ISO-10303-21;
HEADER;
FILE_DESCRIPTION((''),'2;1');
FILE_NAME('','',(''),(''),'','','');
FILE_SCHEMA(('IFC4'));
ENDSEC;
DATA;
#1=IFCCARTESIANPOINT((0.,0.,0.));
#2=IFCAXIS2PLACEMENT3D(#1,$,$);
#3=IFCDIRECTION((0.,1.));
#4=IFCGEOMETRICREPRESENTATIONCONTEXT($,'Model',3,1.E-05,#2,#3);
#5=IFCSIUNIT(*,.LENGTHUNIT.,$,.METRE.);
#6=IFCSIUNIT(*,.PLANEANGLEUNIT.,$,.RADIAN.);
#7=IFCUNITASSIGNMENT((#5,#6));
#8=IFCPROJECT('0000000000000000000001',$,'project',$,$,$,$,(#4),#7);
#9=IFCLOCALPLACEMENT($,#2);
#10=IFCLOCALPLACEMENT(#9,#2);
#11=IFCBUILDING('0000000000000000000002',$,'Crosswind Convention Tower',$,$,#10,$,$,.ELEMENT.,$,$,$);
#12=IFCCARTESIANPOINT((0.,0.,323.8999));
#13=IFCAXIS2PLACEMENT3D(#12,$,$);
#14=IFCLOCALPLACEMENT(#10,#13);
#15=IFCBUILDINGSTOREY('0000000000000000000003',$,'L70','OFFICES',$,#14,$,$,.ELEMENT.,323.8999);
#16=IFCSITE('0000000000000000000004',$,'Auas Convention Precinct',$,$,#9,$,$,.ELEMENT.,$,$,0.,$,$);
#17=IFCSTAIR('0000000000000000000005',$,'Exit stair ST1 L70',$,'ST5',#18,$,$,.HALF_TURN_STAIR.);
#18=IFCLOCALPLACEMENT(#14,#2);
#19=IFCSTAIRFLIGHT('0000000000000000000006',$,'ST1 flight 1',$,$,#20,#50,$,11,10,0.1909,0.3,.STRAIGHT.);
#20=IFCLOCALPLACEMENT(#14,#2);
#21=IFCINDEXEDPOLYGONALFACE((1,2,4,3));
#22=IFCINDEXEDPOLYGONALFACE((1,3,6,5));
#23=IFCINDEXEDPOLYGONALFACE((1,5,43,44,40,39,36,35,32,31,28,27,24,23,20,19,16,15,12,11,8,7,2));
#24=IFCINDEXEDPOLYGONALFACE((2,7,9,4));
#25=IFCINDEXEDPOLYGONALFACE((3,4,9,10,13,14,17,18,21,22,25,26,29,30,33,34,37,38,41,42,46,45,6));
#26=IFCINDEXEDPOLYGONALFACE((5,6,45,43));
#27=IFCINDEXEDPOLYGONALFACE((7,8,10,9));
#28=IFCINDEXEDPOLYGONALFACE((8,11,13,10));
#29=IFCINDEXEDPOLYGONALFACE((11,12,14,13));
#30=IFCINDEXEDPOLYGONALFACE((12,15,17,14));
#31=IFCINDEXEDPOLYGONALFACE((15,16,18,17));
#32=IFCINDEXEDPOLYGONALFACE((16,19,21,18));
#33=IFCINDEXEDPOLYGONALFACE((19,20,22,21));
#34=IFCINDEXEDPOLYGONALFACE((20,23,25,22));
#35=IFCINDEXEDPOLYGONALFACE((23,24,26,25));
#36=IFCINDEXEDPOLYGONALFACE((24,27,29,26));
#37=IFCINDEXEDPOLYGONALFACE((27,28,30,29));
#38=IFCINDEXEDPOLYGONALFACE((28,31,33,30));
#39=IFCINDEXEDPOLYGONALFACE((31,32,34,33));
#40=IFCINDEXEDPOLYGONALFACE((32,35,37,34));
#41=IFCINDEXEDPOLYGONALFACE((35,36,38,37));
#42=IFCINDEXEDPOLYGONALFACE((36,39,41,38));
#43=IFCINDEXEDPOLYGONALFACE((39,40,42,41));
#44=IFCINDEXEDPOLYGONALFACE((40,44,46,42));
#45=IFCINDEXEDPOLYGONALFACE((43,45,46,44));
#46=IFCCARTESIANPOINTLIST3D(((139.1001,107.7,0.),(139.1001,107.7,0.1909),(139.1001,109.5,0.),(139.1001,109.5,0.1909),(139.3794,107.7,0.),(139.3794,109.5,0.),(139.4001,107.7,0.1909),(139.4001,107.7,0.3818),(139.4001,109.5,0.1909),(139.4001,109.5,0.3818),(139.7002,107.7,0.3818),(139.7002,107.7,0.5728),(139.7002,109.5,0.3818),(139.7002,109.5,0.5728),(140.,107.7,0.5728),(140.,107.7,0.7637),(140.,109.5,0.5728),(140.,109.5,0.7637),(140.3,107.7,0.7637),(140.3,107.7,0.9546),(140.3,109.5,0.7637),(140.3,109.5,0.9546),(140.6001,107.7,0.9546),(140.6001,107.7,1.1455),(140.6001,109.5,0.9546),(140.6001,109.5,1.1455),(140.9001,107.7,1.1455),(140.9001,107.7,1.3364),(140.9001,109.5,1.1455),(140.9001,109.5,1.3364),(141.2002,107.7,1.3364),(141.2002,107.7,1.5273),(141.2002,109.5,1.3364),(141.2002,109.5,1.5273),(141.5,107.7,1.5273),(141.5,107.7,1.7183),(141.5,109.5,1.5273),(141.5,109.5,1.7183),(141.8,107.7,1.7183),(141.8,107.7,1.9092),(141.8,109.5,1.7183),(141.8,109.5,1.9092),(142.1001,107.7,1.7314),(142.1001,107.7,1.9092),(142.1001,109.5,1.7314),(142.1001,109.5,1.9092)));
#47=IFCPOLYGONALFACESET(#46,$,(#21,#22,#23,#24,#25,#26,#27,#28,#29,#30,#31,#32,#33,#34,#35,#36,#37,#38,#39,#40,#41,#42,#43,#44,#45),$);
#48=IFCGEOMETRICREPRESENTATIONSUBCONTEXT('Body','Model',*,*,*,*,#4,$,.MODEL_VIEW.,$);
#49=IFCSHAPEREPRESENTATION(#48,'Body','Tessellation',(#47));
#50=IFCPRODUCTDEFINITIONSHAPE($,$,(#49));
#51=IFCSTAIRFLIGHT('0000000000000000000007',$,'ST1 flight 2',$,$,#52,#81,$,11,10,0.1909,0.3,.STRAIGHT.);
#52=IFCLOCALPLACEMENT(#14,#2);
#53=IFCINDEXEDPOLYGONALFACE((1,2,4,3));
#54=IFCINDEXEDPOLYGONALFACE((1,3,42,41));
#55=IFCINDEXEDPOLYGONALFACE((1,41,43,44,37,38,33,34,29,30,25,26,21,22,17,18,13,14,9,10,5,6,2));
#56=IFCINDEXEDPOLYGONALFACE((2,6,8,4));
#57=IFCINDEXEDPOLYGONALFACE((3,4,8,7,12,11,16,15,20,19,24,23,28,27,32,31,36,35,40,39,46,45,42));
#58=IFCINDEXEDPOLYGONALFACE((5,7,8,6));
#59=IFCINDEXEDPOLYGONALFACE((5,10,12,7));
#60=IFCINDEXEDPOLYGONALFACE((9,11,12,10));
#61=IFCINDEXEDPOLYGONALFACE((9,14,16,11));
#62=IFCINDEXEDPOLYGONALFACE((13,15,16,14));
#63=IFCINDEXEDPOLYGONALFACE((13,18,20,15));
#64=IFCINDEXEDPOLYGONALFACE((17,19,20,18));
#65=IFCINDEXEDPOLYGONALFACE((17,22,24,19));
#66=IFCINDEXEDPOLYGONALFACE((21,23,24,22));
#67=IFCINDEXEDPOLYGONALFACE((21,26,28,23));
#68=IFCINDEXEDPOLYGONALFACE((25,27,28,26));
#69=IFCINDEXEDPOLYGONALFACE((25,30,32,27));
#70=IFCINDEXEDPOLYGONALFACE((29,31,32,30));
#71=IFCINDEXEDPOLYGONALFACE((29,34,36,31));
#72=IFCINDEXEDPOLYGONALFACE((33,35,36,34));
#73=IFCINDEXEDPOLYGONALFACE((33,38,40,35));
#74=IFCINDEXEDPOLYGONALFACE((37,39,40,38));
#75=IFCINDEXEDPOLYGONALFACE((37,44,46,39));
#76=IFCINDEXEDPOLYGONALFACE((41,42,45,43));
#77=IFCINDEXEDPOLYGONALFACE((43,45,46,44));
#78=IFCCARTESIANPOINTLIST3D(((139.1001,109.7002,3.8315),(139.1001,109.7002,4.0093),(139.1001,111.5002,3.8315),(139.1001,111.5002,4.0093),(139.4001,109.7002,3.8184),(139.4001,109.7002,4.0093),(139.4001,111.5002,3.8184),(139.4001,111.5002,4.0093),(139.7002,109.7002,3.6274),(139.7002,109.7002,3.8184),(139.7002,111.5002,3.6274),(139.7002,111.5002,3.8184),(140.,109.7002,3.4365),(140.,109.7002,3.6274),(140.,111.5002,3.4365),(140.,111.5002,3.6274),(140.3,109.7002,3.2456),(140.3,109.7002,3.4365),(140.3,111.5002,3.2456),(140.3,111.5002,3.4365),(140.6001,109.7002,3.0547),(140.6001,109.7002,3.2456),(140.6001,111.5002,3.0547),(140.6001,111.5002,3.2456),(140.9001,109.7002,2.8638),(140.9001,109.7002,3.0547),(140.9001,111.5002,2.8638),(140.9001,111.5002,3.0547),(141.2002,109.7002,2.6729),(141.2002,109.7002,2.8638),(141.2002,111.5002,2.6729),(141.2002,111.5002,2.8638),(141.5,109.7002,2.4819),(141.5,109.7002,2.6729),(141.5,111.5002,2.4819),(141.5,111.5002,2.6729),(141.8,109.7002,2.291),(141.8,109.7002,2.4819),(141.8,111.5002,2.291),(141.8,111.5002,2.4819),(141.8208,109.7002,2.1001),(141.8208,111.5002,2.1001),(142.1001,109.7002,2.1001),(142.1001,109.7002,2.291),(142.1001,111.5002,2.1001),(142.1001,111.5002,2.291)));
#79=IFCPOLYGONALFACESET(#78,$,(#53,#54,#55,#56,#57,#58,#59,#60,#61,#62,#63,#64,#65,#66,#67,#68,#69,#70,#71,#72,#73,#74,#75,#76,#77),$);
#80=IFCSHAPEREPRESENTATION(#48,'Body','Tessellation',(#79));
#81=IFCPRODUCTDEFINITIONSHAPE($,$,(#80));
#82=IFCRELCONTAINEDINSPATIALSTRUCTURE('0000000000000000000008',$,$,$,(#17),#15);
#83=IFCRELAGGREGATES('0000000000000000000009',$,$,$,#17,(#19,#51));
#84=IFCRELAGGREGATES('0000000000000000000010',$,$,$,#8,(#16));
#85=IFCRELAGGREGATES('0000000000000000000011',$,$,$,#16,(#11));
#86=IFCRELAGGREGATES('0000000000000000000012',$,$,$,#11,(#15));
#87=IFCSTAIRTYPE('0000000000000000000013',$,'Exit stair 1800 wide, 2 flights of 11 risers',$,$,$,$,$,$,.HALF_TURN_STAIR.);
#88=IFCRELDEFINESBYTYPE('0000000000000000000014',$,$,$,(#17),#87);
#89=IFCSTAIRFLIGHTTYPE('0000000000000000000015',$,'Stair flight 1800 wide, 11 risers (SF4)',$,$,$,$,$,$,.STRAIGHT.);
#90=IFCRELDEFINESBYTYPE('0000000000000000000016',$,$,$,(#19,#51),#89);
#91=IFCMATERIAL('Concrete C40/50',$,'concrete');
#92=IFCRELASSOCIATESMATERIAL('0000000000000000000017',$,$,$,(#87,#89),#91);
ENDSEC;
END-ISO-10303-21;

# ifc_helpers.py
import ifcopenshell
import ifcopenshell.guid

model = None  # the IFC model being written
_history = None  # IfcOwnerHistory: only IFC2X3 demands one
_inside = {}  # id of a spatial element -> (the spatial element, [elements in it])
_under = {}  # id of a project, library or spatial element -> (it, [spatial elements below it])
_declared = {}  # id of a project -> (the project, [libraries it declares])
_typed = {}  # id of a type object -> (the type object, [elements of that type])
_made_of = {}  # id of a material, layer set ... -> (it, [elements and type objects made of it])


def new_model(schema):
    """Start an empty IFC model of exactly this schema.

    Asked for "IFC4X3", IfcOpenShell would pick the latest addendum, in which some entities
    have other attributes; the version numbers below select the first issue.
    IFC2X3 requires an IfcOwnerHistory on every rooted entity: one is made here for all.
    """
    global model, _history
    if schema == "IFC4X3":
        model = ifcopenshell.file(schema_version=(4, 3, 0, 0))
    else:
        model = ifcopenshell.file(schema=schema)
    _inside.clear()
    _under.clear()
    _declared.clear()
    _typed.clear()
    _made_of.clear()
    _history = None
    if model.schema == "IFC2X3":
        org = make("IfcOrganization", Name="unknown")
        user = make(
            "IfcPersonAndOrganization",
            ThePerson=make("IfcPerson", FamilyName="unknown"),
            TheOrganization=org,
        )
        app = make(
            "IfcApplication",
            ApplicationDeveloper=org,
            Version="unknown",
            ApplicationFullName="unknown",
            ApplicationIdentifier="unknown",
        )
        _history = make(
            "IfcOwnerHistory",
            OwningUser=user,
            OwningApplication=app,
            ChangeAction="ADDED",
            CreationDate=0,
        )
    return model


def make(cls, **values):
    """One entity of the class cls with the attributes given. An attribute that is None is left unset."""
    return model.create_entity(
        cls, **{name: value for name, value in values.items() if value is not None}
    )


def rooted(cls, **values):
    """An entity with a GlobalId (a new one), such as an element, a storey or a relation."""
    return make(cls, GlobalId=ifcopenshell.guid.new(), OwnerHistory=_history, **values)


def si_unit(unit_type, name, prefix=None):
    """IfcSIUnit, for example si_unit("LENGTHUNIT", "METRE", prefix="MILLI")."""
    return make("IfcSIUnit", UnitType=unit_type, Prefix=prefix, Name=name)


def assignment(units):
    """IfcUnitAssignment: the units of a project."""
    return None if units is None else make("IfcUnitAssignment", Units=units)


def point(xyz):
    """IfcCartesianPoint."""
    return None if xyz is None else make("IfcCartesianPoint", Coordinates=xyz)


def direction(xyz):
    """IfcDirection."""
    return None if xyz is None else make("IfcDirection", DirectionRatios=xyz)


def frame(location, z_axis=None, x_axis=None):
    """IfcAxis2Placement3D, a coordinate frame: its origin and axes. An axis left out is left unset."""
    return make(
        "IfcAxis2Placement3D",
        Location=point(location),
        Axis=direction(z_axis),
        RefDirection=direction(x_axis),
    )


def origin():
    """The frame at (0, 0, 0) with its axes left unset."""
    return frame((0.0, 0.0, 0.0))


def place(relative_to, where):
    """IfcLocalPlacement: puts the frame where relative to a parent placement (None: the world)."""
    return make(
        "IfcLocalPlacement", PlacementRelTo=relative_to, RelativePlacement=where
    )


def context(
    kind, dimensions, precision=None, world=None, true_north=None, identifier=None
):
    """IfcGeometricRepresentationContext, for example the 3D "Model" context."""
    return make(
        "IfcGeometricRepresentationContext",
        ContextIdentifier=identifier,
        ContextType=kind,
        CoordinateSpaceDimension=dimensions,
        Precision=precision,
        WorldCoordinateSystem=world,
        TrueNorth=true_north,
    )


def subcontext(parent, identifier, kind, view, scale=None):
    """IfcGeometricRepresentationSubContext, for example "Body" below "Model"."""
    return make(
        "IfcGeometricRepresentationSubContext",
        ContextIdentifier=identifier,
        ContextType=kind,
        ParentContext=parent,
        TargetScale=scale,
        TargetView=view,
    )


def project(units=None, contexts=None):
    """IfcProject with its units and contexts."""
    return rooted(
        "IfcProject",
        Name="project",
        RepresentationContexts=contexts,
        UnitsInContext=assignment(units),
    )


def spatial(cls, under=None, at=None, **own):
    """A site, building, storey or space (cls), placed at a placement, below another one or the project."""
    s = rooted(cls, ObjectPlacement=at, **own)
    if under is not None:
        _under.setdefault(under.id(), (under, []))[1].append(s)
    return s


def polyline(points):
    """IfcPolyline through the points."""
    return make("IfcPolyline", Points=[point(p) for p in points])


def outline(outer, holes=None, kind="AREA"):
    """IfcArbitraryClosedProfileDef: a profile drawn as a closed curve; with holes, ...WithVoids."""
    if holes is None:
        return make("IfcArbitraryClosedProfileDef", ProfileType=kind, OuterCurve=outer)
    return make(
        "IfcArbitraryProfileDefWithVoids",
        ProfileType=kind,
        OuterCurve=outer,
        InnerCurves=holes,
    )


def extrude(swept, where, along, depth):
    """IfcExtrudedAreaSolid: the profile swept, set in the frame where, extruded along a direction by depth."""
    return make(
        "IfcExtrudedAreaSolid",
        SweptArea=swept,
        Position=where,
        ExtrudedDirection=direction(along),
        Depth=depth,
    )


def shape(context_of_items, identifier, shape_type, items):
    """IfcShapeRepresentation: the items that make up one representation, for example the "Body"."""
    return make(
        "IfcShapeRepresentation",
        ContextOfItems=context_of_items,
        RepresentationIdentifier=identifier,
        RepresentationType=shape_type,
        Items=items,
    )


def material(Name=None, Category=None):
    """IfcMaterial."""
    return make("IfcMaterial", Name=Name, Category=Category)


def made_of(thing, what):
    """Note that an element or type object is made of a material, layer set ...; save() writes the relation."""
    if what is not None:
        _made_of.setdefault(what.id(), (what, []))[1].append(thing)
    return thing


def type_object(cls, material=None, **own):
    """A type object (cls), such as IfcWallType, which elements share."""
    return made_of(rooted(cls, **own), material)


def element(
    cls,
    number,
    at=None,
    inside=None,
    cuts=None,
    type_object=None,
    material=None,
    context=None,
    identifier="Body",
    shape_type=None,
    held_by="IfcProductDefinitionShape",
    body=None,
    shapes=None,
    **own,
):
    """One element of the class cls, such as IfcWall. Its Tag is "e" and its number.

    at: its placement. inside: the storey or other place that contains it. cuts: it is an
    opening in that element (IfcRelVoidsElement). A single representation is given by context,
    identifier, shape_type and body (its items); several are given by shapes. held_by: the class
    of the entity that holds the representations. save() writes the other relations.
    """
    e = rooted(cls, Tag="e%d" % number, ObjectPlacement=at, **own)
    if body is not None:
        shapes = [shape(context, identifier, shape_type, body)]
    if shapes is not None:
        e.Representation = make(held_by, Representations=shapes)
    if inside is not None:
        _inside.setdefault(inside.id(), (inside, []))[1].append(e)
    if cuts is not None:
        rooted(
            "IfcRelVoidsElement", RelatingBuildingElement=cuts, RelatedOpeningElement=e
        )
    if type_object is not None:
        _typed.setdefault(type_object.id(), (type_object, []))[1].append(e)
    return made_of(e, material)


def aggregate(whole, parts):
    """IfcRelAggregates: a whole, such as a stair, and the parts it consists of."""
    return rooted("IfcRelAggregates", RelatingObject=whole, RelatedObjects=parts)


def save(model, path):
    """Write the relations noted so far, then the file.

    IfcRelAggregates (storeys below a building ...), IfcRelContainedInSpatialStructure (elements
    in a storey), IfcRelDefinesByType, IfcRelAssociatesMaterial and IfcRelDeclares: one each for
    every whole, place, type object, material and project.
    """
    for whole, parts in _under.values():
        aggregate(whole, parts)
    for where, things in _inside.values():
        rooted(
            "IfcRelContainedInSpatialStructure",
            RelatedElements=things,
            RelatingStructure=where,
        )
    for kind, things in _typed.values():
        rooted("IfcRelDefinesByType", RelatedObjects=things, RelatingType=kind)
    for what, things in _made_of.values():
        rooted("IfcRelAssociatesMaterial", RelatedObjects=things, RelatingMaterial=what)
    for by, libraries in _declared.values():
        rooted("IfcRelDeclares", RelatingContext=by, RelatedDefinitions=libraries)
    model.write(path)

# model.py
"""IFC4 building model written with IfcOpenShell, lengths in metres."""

from ifc_helpers import new_model, si_unit, direction, frame, origin, place, context, subcontext, project, spatial, polyline, outline, extrude, material, type_object, element, aggregate, save


model = new_model("IFC4")

# Units and contexts
model_context = context("Model", 3, precision=1e-05, world=origin(), true_north=direction((0.0, 1.0)))
body_context = subcontext(model_context, "Body", "Model", "MODEL_VIEW")
ifc_project = project(units=[si_unit("LENGTHUNIT", "METRE"), si_unit("PLANEANGLEUNIT", "RADIAN")], contexts=[model_context])

# Site, building, storey
site_placement = place(None, origin())
site = spatial("IfcSite", under=ifc_project, at=site_placement, Name="Auas Convention Precinct", CompositionType="ELEMENT", RefElevation=0.0)
building_placement = place(site_placement, origin())
building = spatial("IfcBuilding", under=site, at=building_placement, Name="Crosswind Convention Tower", CompositionType="ELEMENT")
storey_placement = place(building_placement, frame((0.0, 0.0, 323.8999)))
storey = spatial("IfcBuildingStorey", under=building, at=storey_placement, Name="L70", Description="OFFICES", CompositionType="ELEMENT", Elevation=323.8999)

# Stair, stair flights
ifc_material_1 = material(Name="Concrete C40/50", Category="concrete")
stair_type = type_object("IfcStairType", Name="Exit stair 1800 wide, 2 flights of 11 risers", PredefinedType="HALF_TURN_STAIR", material=ifc_material_1)
stair_placement = place(storey_placement, origin())
stair = element("IfcStair", 1, at=stair_placement, inside=storey, type_object=stair_type, Name="Exit stair ST1 L70", ObjectType="ST5", PredefinedType="HALF_TURN_STAIR")
stair_flight_type = type_object("IfcStairFlightType", Name="Stair flight 1800 wide, 11 risers (SF4)", PredefinedType="STRAIGHT", material=ifc_material_1)
stair_flight_1_placement = place(storey_placement, frame((139.1001, 108.6001, 0.0), z_axis=(0.0, 0.0, 1.0), x_axis=(1.0, 0.0, 0.0)))
stair_flight_1 = element("IfcStairFlight", 2, at=stair_flight_1_placement, type_object=stair_flight_type, Name="ST1 flight 1", NumberOfRisers=11, NumberOfTreads=10, PredefinedType="STRAIGHT", RiserHeight=0.1909, TreadLength=0.3, context=body_context, shape_type="SweptSolid", body=[
    extrude(outline(polyline([(0.0, 0.0), (0.0, 0.1909), (0.3, 0.1909), (0.3, 0.3818), (0.6001, 0.3818), (0.6001, 0.5728), (0.8999, 0.5728), (0.8999, 0.7637), (1.2, 0.7637), (1.2, 0.9546), (1.5, 0.9546), (1.5, 1.1455), (1.8, 1.1455), (1.8, 1.3364), (2.1001, 1.3364), (2.1001, 1.5273), (2.3999, 1.5273), (2.3999, 1.7183), (2.7, 1.7183), (2.7, 1.9092), (3.0, 1.9092), (3.0, 2.1001), (3.0, 1.7314), (0.2793, 0.0), (0.0, 0.0)])), frame((0.0, 0.8999, 0.0), z_axis=(0.0, -1.0, 0.0), x_axis=(1.0, 0.0, 0.0)), (0.0, 0.0, 1.0), 1.8),
])
stair_flight_2_placement = place(storey_placement, frame((142.1001, 110.6001, 2.1001), z_axis=(0.0, 0.0, 1.0), x_axis=(-1.0, 0.0, 0.0)))
stair_flight_2 = element("IfcStairFlight", 3, at=stair_flight_2_placement, type_object=stair_flight_type, Name="ST1 flight 2", NumberOfRisers=11, NumberOfTreads=10, PredefinedType="STRAIGHT", RiserHeight=0.1909, TreadLength=0.3, context=body_context, shape_type="SweptSolid", body=[
    extrude(outline(polyline([(0.0, 0.0), (0.0, 0.1909), (0.3, 0.1909), (0.3, 0.3818), (0.6001, 0.3818), (0.6001, 0.5728), (0.8999, 0.5728), (0.8999, 0.7637), (1.2, 0.7637), (1.2, 0.9546), (1.5, 0.9546), (1.5, 1.1455), (1.8, 1.1455), (1.8, 1.3364), (2.1001, 1.3364), (2.1001, 1.5273), (2.3999, 1.5273), (2.3999, 1.7183), (2.7, 1.7183), (2.7, 1.9092), (3.0, 1.9092), (3.0, 2.1001), (3.0, 1.7314), (0.2793, 0.0), (0.0, 0.0)])), frame((0.0, 0.8999, 0.0), z_axis=(0.0, -1.0, 0.0), x_axis=(1.0, 0.0, 0.0)), (0.0, 0.0, 1.0), 1.8),
])
aggregate(stair, [stair_flight_1, stair_flight_2])

save(model, "model.ifc")
